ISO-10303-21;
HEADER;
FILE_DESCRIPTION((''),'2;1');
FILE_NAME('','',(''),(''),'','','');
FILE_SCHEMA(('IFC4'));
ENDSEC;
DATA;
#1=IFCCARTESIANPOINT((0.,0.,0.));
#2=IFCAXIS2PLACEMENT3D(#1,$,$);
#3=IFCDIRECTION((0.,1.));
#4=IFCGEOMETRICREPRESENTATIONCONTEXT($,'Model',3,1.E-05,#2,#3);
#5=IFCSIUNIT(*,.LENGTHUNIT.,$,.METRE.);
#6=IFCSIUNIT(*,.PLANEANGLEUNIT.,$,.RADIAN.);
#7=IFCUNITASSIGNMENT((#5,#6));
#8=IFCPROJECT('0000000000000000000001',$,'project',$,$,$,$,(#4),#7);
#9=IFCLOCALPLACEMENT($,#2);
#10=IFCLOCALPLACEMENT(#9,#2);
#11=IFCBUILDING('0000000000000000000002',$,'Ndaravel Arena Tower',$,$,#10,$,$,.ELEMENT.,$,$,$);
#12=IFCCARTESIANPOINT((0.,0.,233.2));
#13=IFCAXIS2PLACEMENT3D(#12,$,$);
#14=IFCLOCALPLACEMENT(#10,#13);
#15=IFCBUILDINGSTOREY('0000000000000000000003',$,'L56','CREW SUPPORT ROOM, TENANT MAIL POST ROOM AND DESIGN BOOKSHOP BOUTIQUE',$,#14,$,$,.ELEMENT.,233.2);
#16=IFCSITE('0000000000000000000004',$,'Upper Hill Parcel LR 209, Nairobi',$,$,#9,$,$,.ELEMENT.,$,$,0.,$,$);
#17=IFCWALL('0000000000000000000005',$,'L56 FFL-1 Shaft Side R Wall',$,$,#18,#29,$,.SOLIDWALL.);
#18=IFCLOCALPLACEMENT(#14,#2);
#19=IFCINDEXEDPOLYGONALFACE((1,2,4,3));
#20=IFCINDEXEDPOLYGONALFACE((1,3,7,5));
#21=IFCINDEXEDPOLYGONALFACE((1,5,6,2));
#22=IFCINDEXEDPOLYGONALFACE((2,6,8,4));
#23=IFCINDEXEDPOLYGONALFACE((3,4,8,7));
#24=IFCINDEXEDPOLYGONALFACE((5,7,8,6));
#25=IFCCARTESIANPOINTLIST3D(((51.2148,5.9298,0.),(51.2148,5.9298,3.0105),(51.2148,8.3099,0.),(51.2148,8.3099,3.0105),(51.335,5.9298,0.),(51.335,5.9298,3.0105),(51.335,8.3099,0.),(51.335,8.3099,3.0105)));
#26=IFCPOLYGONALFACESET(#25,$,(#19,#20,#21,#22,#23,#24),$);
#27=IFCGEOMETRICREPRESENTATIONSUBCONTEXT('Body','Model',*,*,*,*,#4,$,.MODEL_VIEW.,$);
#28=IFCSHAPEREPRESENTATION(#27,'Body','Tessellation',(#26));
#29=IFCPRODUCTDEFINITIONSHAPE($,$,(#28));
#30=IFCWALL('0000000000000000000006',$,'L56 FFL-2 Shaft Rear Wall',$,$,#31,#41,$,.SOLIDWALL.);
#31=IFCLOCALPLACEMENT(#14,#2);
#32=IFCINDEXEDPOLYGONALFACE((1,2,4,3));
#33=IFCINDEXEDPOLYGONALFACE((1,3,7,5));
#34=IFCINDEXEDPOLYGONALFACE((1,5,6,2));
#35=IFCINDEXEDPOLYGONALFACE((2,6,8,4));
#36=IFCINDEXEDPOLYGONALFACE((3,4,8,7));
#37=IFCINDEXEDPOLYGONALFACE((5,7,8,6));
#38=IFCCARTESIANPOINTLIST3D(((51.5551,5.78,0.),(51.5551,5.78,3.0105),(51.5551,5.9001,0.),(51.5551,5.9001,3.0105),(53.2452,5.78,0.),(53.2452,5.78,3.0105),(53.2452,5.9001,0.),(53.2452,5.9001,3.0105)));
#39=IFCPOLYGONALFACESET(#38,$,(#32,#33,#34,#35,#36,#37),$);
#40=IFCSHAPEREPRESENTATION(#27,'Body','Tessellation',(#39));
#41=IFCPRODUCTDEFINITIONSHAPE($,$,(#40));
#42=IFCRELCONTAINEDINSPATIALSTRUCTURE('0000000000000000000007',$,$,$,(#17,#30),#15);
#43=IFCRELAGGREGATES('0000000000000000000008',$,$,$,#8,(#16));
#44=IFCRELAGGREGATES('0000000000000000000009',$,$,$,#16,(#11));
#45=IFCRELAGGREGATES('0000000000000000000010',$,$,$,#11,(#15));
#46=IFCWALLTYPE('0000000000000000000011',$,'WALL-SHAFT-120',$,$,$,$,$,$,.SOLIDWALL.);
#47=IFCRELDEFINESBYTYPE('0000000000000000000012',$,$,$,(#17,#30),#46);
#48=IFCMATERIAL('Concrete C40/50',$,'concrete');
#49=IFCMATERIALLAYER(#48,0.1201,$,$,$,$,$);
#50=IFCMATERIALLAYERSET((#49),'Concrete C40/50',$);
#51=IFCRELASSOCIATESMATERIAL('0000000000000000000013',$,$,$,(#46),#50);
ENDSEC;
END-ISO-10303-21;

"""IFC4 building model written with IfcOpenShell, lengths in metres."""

from ifc_helpers import new_model, si_unit, direction, frame, frame_2d, origin, place, context, subcontext, project, spatial, rectangle, extrude, material, layer, layer_set, type_object, element, save


model = new_model("IFC4")

# Units and contexts
model_context = context("Model", 3, precision=1e-05, world=origin(), true_north=direction((0.0, 1.0)))
body_context = subcontext(model_context, "Body", "Model", "MODEL_VIEW")
ifc_project = project(units=[si_unit("LENGTHUNIT", "METRE"), si_unit("PLANEANGLEUNIT", "RADIAN")], contexts=[model_context])

# Site, building, storey
site_placement = place(None, origin())
site = spatial("IfcSite", under=ifc_project, at=site_placement, Name="Upper Hill Parcel LR 209, Nairobi", CompositionType="ELEMENT", RefElevation=0.0)
building_placement = place(site_placement, origin())
building = spatial("IfcBuilding", under=site, at=building_placement, Name="Ndaravel Arena Tower", CompositionType="ELEMENT")
storey_placement = place(building_placement, frame((0.0, 0.0, 233.2)))
storey = spatial("IfcBuildingStorey", under=building, at=storey_placement, Name="L56", Description="CREW SUPPORT ROOM, TENANT MAIL POST ROOM AND DESIGN BOOKSHOP BOUTIQUE", CompositionType="ELEMENT", Elevation=233.2)

# Walls
ifc_material_1 = material(Name="Concrete C40/50", Category="concrete")
ifc_layer_1 = layer(ifc_material_1, 0.1201)
ifc_layer_set_1 = layer_set([ifc_layer_1], Name="Concrete C40/50")
wall_type_1 = type_object("IfcWallType", Name="WALL-SHAFT-120", PredefinedType="SOLIDWALL", material=ifc_layer_set_1)
wall_1_placement = place(storey_placement, frame((51.2749, 5.9299, 0.0), z_axis=(0.0, 0.0, 1.0), x_axis=(0.0, 1.0, 0.0)))
element("IfcWall", 1, at=wall_1_placement, inside=storey, type_object=wall_type_1, Name="L56 FFL-1 Shaft Side R Wall", PredefinedType="SOLIDWALL", context=body_context, shape_type="SweptSolid", body=[
    extrude(rectangle(XDim=2.3801, YDim=0.1201, at=frame_2d((1.1899, 0.0))), origin(), (0.0, 0.0, 1.0), 3.0105),
])
wall_2_placement = place(storey_placement, frame((51.5549, 5.8401, 0.0), z_axis=(0.0, 0.0, 1.0), x_axis=(1.0, 0.0, 0.0)))
element("IfcWall", 2, at=wall_2_placement, inside=storey, type_object=wall_type_1, Name="L56 FFL-2 Shaft Rear Wall", PredefinedType="SOLIDWALL", context=body_context, shape_type="SweptSolid", body=[
    extrude(rectangle(XDim=1.6902, YDim=0.1201, at=frame_2d((0.8452, 0.0))), origin(), (0.0, 0.0, 1.0), 3.0105),
])

save(model, "model.ifc")
